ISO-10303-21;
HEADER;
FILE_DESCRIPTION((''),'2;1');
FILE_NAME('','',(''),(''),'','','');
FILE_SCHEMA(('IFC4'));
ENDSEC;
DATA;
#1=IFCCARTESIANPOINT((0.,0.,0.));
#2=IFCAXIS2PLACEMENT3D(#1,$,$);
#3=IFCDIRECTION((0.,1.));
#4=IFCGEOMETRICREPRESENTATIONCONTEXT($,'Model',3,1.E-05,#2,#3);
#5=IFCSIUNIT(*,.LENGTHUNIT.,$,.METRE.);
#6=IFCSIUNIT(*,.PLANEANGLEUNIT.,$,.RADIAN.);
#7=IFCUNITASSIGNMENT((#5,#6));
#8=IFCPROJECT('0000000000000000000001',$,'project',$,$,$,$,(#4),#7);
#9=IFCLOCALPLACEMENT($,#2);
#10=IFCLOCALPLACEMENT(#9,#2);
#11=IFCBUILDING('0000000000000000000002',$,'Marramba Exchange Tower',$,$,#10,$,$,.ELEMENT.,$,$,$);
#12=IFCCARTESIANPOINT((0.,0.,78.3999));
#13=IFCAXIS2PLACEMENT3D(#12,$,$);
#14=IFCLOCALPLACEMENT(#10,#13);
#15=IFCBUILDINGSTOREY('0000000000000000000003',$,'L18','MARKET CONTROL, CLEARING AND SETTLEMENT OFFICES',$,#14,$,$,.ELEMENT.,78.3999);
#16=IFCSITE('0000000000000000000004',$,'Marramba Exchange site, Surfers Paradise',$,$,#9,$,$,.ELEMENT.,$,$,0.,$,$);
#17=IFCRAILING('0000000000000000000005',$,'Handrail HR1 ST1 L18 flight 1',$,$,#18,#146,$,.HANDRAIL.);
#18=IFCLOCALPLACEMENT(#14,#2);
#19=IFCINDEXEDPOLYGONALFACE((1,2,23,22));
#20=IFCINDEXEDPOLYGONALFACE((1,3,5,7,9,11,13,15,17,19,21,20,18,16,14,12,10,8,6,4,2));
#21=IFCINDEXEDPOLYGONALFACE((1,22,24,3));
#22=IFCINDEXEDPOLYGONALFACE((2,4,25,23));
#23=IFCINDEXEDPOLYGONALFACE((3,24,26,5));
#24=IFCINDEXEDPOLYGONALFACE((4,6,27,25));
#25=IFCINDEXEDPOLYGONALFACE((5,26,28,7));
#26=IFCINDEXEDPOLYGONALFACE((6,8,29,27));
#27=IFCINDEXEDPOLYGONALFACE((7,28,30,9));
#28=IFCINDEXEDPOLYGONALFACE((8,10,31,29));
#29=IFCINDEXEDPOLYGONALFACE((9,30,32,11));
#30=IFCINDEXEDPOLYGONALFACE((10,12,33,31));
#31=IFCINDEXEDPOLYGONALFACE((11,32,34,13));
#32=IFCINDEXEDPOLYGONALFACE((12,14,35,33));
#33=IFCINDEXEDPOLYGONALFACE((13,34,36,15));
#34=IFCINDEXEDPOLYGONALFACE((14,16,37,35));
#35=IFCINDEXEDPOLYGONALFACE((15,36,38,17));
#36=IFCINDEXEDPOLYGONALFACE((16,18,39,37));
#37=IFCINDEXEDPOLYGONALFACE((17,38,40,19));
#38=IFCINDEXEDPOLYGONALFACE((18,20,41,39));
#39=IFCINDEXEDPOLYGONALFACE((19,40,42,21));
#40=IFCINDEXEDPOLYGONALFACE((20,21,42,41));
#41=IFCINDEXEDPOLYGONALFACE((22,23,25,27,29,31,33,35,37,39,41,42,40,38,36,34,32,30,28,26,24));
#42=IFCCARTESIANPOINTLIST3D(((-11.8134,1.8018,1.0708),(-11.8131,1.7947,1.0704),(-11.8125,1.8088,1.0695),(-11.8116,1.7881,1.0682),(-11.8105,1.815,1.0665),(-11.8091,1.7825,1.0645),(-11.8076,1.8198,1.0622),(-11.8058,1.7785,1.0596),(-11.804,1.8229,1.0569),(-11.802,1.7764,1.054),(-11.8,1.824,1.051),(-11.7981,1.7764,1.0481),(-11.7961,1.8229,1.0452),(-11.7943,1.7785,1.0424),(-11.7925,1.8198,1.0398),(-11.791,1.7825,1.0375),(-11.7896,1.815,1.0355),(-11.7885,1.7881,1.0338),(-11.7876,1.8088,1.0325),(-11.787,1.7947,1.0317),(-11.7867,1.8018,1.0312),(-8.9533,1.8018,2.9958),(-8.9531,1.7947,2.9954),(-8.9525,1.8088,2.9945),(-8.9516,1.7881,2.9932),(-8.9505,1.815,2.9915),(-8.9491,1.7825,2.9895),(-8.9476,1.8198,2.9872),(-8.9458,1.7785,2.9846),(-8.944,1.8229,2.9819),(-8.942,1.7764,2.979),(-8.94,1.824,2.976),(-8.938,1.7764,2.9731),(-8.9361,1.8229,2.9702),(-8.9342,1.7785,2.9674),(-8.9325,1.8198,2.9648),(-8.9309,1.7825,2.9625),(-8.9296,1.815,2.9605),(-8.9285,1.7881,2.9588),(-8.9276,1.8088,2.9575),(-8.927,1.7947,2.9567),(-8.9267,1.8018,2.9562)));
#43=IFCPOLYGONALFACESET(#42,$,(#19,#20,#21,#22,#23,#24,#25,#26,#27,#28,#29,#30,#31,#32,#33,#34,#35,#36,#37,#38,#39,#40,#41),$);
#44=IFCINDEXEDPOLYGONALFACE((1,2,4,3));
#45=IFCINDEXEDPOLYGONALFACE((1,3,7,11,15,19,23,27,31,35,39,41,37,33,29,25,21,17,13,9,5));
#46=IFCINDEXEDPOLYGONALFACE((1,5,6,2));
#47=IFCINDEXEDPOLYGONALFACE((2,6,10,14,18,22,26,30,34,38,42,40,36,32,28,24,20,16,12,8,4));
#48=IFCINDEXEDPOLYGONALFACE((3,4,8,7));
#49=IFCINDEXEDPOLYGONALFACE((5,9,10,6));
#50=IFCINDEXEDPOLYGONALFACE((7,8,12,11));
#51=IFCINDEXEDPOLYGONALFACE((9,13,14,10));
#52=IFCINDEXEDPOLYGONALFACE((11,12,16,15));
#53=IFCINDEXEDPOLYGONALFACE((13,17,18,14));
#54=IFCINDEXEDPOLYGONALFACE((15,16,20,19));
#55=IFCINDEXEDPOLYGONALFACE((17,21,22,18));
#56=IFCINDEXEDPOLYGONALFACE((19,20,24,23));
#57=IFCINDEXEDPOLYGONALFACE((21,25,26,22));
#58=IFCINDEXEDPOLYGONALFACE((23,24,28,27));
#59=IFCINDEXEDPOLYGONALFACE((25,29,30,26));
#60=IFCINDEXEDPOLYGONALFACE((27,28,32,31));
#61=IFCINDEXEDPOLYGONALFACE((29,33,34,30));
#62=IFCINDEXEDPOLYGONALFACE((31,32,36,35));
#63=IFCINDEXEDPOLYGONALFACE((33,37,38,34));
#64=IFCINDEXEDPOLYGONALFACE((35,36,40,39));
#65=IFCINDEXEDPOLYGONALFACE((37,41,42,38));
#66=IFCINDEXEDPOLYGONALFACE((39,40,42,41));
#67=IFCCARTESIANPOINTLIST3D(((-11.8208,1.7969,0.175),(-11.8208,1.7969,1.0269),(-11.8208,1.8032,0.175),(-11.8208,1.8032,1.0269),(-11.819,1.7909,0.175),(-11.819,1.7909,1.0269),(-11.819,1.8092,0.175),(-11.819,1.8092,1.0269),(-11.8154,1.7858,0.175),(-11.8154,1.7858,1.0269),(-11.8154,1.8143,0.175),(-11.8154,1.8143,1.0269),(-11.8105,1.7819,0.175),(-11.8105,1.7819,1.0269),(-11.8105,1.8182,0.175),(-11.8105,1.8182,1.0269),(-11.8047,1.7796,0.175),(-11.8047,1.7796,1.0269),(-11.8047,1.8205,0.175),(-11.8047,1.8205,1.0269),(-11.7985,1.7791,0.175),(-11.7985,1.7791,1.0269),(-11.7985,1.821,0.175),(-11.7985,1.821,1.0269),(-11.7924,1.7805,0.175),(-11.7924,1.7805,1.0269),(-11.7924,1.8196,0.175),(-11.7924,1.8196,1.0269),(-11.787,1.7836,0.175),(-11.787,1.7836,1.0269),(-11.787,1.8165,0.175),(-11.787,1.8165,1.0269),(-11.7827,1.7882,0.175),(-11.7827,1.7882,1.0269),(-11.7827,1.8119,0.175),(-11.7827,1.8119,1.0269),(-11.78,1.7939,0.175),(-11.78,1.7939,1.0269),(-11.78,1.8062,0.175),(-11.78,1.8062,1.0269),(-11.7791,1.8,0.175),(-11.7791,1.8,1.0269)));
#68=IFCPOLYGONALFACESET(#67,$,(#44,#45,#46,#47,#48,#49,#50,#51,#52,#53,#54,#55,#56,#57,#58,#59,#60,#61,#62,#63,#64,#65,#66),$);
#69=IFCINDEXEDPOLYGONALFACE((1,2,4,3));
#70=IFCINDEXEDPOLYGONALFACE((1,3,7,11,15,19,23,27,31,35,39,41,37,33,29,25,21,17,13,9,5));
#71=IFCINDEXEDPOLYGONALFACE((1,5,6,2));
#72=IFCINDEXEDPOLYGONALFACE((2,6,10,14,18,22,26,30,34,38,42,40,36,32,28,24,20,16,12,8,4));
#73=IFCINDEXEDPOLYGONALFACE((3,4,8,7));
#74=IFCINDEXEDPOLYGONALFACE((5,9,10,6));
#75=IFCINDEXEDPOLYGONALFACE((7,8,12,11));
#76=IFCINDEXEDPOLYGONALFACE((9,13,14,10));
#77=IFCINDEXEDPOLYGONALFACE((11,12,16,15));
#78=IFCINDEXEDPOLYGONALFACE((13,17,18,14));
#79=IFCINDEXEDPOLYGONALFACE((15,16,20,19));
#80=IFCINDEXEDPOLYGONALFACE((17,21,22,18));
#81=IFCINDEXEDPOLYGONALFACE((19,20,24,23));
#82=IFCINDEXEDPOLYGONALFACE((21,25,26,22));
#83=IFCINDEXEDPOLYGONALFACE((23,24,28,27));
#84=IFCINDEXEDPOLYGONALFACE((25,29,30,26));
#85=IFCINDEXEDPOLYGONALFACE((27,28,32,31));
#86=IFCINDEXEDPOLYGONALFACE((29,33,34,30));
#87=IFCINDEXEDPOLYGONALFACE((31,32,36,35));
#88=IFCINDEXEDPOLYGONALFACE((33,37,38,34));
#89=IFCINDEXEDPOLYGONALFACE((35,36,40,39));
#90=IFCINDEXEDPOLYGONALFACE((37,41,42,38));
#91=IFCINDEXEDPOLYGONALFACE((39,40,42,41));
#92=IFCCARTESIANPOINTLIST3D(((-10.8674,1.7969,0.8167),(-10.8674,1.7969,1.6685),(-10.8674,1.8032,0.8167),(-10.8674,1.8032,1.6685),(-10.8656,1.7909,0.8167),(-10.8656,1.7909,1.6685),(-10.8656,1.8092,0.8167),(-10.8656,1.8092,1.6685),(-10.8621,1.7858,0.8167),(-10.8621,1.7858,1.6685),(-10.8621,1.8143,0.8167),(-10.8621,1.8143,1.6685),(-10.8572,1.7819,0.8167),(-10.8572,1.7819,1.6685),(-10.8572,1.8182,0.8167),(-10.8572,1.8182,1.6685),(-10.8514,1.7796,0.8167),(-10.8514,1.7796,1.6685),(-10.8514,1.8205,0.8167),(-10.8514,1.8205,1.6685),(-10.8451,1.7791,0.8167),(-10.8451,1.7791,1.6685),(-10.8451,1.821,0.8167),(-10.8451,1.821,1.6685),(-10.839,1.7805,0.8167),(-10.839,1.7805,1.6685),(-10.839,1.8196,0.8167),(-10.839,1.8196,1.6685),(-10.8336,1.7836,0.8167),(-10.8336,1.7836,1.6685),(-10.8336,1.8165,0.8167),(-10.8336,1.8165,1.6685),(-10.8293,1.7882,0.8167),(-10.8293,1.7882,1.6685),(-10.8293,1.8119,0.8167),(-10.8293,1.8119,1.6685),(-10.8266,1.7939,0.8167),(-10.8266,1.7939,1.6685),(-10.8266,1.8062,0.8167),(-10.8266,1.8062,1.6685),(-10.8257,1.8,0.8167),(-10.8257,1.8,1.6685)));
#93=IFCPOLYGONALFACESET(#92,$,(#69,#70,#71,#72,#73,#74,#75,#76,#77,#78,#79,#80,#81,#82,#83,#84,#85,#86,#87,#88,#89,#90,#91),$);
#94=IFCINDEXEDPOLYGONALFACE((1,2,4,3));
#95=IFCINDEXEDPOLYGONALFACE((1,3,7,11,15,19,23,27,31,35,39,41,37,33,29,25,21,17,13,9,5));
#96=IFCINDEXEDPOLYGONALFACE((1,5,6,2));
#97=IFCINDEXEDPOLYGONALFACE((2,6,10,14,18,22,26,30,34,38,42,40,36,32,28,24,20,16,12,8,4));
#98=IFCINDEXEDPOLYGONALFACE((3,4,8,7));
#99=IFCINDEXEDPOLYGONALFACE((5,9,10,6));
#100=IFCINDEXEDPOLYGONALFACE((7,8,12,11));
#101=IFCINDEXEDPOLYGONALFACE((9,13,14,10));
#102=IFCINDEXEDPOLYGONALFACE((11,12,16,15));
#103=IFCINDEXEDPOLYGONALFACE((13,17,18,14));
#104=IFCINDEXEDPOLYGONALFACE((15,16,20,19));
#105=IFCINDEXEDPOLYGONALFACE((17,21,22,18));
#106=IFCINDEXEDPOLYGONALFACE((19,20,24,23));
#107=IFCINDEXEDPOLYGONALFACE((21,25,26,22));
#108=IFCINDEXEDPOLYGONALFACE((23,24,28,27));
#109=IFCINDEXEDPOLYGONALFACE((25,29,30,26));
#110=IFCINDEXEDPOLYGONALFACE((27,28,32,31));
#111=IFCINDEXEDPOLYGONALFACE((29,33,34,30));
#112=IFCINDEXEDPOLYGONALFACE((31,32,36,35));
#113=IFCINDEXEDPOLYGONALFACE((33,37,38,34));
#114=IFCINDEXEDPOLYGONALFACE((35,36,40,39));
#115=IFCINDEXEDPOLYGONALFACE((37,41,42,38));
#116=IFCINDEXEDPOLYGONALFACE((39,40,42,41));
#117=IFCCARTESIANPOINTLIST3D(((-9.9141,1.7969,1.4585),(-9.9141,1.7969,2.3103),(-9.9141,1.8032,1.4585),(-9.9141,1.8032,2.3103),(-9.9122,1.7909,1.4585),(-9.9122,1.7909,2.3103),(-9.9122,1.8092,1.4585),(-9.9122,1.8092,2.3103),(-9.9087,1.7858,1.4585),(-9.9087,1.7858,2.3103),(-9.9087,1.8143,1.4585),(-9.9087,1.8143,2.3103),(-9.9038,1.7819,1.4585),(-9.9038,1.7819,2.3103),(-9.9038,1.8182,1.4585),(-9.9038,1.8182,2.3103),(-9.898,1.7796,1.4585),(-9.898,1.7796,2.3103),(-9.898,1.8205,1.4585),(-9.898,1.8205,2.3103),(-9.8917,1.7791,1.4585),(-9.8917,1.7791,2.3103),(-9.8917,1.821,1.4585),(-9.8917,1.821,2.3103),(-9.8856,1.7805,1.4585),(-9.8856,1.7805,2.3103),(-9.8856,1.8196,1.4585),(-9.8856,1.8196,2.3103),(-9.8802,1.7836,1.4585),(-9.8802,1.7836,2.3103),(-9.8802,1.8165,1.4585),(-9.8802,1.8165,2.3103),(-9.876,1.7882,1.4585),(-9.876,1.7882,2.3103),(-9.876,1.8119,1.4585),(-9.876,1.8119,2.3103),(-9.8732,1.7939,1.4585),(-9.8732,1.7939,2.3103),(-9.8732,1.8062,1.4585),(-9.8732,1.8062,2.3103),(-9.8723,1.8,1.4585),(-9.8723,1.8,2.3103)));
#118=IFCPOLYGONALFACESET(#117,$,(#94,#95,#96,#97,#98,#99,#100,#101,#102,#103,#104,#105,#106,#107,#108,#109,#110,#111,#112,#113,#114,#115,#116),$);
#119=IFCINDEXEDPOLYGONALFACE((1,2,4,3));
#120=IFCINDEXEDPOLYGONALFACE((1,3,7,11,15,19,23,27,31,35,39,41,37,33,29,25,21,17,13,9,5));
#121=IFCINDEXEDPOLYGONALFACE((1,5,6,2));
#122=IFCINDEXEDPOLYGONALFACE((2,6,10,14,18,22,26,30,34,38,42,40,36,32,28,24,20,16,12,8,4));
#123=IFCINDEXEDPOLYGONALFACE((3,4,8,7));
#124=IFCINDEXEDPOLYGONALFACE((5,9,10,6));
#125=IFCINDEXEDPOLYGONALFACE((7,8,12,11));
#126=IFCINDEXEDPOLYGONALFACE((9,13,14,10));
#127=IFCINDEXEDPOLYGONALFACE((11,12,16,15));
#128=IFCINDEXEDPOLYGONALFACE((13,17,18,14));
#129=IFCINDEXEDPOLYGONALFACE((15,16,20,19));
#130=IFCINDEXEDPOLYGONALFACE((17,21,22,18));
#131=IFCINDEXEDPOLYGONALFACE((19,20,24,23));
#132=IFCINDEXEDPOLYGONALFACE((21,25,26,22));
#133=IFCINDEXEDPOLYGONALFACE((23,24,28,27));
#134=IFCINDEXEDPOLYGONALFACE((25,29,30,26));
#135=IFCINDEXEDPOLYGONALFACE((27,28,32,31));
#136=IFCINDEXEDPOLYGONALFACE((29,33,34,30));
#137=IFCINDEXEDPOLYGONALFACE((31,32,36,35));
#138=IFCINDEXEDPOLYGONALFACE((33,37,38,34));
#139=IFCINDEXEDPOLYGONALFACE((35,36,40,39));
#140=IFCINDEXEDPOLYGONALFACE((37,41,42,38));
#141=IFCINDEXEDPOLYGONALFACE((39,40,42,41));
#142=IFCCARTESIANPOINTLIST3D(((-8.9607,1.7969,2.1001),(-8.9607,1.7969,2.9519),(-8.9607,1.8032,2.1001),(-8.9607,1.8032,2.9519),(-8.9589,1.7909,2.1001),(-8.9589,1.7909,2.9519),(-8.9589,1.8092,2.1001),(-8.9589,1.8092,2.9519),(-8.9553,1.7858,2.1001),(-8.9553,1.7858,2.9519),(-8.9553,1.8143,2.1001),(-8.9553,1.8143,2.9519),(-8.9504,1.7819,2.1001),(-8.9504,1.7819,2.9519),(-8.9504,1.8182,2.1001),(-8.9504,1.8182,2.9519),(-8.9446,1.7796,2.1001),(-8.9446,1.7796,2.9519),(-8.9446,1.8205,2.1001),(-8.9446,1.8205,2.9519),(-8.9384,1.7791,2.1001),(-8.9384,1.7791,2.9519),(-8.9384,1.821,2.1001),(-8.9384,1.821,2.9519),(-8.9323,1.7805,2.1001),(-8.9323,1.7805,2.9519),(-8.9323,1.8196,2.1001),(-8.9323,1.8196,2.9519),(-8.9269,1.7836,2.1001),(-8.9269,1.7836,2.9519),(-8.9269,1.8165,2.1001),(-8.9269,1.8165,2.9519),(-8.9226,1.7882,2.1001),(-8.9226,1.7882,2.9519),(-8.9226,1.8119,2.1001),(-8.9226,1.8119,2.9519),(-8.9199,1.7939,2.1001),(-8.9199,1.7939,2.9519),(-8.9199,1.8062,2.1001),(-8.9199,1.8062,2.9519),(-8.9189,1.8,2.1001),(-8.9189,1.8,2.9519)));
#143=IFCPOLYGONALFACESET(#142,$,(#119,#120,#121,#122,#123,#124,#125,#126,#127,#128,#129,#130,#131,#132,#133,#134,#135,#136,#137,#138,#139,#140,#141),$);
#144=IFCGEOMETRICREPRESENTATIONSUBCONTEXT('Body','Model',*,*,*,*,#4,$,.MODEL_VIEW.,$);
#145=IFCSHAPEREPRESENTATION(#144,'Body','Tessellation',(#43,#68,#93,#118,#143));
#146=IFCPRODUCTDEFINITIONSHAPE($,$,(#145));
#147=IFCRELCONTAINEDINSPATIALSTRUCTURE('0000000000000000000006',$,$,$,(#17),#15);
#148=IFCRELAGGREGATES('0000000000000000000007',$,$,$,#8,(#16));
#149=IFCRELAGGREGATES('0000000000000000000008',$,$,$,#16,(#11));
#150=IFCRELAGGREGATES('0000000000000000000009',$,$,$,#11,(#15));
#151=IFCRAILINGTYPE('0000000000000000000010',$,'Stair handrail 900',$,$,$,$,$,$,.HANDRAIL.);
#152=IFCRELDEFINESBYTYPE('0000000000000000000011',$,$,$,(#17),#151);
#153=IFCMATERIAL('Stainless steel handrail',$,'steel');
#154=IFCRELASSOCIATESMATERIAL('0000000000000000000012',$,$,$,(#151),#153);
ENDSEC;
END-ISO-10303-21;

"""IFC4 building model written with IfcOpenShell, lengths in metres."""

from ifc_helpers import new_model, si_unit, direction, frame, origin, origin_2d, place, context, subcontext, project, spatial, circle, extrude, material, type_object, element, save


model = new_model("IFC4")

# Units and contexts
model_context = context("Model", 3, precision=1e-05, world=origin(), true_north=direction((0.0, 1.0)))
body_context = subcontext(model_context, "Body", "Model", "MODEL_VIEW")
ifc_project = project(units=[si_unit("LENGTHUNIT", "METRE"), si_unit("PLANEANGLEUNIT", "RADIAN")], contexts=[model_context])

# Site, building, storey
site_placement = place(None, origin())
site = spatial("IfcSite", under=ifc_project, at=site_placement, Name="Marramba Exchange site, Surfers Paradise", CompositionType="ELEMENT", RefElevation=0.0)
building_placement = place(site_placement, origin())
building = spatial("IfcBuilding", under=site, at=building_placement, Name="Marramba Exchange Tower", CompositionType="ELEMENT")
storey_placement = place(building_placement, frame((0.0, 0.0, 78.3999)))
storey = spatial("IfcBuildingStorey", under=building, at=storey_placement, Name="L18", Description="MARKET CONTROL, CLEARING AND SETTLEMENT OFFICES", CompositionType="ELEMENT", Elevation=78.3999)

# Railing
ifc_material_1 = material(Name="Stainless steel handrail", Category="steel")
railing_type = type_object("IfcRailingType", Name="Stair handrail 900", PredefinedType="HANDRAIL", material=ifc_material_1)
railing_placement = place(storey_placement, frame((-11.8, 1.8, 0.175)))
element("IfcRailing", 1, at=railing_placement, inside=storey, type_object=railing_type, Name="Handrail HR1 ST1 L18 flight 1", PredefinedType="HANDRAIL", context=body_context, shape_type="SweptSolid", body=[
    extrude(circle(Radius=0.0239, at=origin_2d()), frame((0.0, 0.0, 0.876), z_axis=(0.829591, 0.0, 0.558372), x_axis=(0.0, 1.0, 0.0)), (0.0, 0.0, 1.0), 3.4475),
    extrude(circle(Radius=0.021, at=origin_2d()), origin(), (0.0, 0.0, 1.0), 0.8518),
    extrude(circle(Radius=0.021, at=origin_2d()), frame((0.9534, 0.0, 0.6416)), (0.0, 0.0, 1.0), 0.8518),
    extrude(circle(Radius=0.021, at=origin_2d()), frame((1.9067, 0.0, 1.2834)), (0.0, 0.0, 1.0), 0.8518),
    extrude(circle(Radius=0.021, at=origin_2d()), frame((2.8601, 0.0, 1.925)), (0.0, 0.0, 1.0), 0.8518),
])

save(model, "model.ifc")
